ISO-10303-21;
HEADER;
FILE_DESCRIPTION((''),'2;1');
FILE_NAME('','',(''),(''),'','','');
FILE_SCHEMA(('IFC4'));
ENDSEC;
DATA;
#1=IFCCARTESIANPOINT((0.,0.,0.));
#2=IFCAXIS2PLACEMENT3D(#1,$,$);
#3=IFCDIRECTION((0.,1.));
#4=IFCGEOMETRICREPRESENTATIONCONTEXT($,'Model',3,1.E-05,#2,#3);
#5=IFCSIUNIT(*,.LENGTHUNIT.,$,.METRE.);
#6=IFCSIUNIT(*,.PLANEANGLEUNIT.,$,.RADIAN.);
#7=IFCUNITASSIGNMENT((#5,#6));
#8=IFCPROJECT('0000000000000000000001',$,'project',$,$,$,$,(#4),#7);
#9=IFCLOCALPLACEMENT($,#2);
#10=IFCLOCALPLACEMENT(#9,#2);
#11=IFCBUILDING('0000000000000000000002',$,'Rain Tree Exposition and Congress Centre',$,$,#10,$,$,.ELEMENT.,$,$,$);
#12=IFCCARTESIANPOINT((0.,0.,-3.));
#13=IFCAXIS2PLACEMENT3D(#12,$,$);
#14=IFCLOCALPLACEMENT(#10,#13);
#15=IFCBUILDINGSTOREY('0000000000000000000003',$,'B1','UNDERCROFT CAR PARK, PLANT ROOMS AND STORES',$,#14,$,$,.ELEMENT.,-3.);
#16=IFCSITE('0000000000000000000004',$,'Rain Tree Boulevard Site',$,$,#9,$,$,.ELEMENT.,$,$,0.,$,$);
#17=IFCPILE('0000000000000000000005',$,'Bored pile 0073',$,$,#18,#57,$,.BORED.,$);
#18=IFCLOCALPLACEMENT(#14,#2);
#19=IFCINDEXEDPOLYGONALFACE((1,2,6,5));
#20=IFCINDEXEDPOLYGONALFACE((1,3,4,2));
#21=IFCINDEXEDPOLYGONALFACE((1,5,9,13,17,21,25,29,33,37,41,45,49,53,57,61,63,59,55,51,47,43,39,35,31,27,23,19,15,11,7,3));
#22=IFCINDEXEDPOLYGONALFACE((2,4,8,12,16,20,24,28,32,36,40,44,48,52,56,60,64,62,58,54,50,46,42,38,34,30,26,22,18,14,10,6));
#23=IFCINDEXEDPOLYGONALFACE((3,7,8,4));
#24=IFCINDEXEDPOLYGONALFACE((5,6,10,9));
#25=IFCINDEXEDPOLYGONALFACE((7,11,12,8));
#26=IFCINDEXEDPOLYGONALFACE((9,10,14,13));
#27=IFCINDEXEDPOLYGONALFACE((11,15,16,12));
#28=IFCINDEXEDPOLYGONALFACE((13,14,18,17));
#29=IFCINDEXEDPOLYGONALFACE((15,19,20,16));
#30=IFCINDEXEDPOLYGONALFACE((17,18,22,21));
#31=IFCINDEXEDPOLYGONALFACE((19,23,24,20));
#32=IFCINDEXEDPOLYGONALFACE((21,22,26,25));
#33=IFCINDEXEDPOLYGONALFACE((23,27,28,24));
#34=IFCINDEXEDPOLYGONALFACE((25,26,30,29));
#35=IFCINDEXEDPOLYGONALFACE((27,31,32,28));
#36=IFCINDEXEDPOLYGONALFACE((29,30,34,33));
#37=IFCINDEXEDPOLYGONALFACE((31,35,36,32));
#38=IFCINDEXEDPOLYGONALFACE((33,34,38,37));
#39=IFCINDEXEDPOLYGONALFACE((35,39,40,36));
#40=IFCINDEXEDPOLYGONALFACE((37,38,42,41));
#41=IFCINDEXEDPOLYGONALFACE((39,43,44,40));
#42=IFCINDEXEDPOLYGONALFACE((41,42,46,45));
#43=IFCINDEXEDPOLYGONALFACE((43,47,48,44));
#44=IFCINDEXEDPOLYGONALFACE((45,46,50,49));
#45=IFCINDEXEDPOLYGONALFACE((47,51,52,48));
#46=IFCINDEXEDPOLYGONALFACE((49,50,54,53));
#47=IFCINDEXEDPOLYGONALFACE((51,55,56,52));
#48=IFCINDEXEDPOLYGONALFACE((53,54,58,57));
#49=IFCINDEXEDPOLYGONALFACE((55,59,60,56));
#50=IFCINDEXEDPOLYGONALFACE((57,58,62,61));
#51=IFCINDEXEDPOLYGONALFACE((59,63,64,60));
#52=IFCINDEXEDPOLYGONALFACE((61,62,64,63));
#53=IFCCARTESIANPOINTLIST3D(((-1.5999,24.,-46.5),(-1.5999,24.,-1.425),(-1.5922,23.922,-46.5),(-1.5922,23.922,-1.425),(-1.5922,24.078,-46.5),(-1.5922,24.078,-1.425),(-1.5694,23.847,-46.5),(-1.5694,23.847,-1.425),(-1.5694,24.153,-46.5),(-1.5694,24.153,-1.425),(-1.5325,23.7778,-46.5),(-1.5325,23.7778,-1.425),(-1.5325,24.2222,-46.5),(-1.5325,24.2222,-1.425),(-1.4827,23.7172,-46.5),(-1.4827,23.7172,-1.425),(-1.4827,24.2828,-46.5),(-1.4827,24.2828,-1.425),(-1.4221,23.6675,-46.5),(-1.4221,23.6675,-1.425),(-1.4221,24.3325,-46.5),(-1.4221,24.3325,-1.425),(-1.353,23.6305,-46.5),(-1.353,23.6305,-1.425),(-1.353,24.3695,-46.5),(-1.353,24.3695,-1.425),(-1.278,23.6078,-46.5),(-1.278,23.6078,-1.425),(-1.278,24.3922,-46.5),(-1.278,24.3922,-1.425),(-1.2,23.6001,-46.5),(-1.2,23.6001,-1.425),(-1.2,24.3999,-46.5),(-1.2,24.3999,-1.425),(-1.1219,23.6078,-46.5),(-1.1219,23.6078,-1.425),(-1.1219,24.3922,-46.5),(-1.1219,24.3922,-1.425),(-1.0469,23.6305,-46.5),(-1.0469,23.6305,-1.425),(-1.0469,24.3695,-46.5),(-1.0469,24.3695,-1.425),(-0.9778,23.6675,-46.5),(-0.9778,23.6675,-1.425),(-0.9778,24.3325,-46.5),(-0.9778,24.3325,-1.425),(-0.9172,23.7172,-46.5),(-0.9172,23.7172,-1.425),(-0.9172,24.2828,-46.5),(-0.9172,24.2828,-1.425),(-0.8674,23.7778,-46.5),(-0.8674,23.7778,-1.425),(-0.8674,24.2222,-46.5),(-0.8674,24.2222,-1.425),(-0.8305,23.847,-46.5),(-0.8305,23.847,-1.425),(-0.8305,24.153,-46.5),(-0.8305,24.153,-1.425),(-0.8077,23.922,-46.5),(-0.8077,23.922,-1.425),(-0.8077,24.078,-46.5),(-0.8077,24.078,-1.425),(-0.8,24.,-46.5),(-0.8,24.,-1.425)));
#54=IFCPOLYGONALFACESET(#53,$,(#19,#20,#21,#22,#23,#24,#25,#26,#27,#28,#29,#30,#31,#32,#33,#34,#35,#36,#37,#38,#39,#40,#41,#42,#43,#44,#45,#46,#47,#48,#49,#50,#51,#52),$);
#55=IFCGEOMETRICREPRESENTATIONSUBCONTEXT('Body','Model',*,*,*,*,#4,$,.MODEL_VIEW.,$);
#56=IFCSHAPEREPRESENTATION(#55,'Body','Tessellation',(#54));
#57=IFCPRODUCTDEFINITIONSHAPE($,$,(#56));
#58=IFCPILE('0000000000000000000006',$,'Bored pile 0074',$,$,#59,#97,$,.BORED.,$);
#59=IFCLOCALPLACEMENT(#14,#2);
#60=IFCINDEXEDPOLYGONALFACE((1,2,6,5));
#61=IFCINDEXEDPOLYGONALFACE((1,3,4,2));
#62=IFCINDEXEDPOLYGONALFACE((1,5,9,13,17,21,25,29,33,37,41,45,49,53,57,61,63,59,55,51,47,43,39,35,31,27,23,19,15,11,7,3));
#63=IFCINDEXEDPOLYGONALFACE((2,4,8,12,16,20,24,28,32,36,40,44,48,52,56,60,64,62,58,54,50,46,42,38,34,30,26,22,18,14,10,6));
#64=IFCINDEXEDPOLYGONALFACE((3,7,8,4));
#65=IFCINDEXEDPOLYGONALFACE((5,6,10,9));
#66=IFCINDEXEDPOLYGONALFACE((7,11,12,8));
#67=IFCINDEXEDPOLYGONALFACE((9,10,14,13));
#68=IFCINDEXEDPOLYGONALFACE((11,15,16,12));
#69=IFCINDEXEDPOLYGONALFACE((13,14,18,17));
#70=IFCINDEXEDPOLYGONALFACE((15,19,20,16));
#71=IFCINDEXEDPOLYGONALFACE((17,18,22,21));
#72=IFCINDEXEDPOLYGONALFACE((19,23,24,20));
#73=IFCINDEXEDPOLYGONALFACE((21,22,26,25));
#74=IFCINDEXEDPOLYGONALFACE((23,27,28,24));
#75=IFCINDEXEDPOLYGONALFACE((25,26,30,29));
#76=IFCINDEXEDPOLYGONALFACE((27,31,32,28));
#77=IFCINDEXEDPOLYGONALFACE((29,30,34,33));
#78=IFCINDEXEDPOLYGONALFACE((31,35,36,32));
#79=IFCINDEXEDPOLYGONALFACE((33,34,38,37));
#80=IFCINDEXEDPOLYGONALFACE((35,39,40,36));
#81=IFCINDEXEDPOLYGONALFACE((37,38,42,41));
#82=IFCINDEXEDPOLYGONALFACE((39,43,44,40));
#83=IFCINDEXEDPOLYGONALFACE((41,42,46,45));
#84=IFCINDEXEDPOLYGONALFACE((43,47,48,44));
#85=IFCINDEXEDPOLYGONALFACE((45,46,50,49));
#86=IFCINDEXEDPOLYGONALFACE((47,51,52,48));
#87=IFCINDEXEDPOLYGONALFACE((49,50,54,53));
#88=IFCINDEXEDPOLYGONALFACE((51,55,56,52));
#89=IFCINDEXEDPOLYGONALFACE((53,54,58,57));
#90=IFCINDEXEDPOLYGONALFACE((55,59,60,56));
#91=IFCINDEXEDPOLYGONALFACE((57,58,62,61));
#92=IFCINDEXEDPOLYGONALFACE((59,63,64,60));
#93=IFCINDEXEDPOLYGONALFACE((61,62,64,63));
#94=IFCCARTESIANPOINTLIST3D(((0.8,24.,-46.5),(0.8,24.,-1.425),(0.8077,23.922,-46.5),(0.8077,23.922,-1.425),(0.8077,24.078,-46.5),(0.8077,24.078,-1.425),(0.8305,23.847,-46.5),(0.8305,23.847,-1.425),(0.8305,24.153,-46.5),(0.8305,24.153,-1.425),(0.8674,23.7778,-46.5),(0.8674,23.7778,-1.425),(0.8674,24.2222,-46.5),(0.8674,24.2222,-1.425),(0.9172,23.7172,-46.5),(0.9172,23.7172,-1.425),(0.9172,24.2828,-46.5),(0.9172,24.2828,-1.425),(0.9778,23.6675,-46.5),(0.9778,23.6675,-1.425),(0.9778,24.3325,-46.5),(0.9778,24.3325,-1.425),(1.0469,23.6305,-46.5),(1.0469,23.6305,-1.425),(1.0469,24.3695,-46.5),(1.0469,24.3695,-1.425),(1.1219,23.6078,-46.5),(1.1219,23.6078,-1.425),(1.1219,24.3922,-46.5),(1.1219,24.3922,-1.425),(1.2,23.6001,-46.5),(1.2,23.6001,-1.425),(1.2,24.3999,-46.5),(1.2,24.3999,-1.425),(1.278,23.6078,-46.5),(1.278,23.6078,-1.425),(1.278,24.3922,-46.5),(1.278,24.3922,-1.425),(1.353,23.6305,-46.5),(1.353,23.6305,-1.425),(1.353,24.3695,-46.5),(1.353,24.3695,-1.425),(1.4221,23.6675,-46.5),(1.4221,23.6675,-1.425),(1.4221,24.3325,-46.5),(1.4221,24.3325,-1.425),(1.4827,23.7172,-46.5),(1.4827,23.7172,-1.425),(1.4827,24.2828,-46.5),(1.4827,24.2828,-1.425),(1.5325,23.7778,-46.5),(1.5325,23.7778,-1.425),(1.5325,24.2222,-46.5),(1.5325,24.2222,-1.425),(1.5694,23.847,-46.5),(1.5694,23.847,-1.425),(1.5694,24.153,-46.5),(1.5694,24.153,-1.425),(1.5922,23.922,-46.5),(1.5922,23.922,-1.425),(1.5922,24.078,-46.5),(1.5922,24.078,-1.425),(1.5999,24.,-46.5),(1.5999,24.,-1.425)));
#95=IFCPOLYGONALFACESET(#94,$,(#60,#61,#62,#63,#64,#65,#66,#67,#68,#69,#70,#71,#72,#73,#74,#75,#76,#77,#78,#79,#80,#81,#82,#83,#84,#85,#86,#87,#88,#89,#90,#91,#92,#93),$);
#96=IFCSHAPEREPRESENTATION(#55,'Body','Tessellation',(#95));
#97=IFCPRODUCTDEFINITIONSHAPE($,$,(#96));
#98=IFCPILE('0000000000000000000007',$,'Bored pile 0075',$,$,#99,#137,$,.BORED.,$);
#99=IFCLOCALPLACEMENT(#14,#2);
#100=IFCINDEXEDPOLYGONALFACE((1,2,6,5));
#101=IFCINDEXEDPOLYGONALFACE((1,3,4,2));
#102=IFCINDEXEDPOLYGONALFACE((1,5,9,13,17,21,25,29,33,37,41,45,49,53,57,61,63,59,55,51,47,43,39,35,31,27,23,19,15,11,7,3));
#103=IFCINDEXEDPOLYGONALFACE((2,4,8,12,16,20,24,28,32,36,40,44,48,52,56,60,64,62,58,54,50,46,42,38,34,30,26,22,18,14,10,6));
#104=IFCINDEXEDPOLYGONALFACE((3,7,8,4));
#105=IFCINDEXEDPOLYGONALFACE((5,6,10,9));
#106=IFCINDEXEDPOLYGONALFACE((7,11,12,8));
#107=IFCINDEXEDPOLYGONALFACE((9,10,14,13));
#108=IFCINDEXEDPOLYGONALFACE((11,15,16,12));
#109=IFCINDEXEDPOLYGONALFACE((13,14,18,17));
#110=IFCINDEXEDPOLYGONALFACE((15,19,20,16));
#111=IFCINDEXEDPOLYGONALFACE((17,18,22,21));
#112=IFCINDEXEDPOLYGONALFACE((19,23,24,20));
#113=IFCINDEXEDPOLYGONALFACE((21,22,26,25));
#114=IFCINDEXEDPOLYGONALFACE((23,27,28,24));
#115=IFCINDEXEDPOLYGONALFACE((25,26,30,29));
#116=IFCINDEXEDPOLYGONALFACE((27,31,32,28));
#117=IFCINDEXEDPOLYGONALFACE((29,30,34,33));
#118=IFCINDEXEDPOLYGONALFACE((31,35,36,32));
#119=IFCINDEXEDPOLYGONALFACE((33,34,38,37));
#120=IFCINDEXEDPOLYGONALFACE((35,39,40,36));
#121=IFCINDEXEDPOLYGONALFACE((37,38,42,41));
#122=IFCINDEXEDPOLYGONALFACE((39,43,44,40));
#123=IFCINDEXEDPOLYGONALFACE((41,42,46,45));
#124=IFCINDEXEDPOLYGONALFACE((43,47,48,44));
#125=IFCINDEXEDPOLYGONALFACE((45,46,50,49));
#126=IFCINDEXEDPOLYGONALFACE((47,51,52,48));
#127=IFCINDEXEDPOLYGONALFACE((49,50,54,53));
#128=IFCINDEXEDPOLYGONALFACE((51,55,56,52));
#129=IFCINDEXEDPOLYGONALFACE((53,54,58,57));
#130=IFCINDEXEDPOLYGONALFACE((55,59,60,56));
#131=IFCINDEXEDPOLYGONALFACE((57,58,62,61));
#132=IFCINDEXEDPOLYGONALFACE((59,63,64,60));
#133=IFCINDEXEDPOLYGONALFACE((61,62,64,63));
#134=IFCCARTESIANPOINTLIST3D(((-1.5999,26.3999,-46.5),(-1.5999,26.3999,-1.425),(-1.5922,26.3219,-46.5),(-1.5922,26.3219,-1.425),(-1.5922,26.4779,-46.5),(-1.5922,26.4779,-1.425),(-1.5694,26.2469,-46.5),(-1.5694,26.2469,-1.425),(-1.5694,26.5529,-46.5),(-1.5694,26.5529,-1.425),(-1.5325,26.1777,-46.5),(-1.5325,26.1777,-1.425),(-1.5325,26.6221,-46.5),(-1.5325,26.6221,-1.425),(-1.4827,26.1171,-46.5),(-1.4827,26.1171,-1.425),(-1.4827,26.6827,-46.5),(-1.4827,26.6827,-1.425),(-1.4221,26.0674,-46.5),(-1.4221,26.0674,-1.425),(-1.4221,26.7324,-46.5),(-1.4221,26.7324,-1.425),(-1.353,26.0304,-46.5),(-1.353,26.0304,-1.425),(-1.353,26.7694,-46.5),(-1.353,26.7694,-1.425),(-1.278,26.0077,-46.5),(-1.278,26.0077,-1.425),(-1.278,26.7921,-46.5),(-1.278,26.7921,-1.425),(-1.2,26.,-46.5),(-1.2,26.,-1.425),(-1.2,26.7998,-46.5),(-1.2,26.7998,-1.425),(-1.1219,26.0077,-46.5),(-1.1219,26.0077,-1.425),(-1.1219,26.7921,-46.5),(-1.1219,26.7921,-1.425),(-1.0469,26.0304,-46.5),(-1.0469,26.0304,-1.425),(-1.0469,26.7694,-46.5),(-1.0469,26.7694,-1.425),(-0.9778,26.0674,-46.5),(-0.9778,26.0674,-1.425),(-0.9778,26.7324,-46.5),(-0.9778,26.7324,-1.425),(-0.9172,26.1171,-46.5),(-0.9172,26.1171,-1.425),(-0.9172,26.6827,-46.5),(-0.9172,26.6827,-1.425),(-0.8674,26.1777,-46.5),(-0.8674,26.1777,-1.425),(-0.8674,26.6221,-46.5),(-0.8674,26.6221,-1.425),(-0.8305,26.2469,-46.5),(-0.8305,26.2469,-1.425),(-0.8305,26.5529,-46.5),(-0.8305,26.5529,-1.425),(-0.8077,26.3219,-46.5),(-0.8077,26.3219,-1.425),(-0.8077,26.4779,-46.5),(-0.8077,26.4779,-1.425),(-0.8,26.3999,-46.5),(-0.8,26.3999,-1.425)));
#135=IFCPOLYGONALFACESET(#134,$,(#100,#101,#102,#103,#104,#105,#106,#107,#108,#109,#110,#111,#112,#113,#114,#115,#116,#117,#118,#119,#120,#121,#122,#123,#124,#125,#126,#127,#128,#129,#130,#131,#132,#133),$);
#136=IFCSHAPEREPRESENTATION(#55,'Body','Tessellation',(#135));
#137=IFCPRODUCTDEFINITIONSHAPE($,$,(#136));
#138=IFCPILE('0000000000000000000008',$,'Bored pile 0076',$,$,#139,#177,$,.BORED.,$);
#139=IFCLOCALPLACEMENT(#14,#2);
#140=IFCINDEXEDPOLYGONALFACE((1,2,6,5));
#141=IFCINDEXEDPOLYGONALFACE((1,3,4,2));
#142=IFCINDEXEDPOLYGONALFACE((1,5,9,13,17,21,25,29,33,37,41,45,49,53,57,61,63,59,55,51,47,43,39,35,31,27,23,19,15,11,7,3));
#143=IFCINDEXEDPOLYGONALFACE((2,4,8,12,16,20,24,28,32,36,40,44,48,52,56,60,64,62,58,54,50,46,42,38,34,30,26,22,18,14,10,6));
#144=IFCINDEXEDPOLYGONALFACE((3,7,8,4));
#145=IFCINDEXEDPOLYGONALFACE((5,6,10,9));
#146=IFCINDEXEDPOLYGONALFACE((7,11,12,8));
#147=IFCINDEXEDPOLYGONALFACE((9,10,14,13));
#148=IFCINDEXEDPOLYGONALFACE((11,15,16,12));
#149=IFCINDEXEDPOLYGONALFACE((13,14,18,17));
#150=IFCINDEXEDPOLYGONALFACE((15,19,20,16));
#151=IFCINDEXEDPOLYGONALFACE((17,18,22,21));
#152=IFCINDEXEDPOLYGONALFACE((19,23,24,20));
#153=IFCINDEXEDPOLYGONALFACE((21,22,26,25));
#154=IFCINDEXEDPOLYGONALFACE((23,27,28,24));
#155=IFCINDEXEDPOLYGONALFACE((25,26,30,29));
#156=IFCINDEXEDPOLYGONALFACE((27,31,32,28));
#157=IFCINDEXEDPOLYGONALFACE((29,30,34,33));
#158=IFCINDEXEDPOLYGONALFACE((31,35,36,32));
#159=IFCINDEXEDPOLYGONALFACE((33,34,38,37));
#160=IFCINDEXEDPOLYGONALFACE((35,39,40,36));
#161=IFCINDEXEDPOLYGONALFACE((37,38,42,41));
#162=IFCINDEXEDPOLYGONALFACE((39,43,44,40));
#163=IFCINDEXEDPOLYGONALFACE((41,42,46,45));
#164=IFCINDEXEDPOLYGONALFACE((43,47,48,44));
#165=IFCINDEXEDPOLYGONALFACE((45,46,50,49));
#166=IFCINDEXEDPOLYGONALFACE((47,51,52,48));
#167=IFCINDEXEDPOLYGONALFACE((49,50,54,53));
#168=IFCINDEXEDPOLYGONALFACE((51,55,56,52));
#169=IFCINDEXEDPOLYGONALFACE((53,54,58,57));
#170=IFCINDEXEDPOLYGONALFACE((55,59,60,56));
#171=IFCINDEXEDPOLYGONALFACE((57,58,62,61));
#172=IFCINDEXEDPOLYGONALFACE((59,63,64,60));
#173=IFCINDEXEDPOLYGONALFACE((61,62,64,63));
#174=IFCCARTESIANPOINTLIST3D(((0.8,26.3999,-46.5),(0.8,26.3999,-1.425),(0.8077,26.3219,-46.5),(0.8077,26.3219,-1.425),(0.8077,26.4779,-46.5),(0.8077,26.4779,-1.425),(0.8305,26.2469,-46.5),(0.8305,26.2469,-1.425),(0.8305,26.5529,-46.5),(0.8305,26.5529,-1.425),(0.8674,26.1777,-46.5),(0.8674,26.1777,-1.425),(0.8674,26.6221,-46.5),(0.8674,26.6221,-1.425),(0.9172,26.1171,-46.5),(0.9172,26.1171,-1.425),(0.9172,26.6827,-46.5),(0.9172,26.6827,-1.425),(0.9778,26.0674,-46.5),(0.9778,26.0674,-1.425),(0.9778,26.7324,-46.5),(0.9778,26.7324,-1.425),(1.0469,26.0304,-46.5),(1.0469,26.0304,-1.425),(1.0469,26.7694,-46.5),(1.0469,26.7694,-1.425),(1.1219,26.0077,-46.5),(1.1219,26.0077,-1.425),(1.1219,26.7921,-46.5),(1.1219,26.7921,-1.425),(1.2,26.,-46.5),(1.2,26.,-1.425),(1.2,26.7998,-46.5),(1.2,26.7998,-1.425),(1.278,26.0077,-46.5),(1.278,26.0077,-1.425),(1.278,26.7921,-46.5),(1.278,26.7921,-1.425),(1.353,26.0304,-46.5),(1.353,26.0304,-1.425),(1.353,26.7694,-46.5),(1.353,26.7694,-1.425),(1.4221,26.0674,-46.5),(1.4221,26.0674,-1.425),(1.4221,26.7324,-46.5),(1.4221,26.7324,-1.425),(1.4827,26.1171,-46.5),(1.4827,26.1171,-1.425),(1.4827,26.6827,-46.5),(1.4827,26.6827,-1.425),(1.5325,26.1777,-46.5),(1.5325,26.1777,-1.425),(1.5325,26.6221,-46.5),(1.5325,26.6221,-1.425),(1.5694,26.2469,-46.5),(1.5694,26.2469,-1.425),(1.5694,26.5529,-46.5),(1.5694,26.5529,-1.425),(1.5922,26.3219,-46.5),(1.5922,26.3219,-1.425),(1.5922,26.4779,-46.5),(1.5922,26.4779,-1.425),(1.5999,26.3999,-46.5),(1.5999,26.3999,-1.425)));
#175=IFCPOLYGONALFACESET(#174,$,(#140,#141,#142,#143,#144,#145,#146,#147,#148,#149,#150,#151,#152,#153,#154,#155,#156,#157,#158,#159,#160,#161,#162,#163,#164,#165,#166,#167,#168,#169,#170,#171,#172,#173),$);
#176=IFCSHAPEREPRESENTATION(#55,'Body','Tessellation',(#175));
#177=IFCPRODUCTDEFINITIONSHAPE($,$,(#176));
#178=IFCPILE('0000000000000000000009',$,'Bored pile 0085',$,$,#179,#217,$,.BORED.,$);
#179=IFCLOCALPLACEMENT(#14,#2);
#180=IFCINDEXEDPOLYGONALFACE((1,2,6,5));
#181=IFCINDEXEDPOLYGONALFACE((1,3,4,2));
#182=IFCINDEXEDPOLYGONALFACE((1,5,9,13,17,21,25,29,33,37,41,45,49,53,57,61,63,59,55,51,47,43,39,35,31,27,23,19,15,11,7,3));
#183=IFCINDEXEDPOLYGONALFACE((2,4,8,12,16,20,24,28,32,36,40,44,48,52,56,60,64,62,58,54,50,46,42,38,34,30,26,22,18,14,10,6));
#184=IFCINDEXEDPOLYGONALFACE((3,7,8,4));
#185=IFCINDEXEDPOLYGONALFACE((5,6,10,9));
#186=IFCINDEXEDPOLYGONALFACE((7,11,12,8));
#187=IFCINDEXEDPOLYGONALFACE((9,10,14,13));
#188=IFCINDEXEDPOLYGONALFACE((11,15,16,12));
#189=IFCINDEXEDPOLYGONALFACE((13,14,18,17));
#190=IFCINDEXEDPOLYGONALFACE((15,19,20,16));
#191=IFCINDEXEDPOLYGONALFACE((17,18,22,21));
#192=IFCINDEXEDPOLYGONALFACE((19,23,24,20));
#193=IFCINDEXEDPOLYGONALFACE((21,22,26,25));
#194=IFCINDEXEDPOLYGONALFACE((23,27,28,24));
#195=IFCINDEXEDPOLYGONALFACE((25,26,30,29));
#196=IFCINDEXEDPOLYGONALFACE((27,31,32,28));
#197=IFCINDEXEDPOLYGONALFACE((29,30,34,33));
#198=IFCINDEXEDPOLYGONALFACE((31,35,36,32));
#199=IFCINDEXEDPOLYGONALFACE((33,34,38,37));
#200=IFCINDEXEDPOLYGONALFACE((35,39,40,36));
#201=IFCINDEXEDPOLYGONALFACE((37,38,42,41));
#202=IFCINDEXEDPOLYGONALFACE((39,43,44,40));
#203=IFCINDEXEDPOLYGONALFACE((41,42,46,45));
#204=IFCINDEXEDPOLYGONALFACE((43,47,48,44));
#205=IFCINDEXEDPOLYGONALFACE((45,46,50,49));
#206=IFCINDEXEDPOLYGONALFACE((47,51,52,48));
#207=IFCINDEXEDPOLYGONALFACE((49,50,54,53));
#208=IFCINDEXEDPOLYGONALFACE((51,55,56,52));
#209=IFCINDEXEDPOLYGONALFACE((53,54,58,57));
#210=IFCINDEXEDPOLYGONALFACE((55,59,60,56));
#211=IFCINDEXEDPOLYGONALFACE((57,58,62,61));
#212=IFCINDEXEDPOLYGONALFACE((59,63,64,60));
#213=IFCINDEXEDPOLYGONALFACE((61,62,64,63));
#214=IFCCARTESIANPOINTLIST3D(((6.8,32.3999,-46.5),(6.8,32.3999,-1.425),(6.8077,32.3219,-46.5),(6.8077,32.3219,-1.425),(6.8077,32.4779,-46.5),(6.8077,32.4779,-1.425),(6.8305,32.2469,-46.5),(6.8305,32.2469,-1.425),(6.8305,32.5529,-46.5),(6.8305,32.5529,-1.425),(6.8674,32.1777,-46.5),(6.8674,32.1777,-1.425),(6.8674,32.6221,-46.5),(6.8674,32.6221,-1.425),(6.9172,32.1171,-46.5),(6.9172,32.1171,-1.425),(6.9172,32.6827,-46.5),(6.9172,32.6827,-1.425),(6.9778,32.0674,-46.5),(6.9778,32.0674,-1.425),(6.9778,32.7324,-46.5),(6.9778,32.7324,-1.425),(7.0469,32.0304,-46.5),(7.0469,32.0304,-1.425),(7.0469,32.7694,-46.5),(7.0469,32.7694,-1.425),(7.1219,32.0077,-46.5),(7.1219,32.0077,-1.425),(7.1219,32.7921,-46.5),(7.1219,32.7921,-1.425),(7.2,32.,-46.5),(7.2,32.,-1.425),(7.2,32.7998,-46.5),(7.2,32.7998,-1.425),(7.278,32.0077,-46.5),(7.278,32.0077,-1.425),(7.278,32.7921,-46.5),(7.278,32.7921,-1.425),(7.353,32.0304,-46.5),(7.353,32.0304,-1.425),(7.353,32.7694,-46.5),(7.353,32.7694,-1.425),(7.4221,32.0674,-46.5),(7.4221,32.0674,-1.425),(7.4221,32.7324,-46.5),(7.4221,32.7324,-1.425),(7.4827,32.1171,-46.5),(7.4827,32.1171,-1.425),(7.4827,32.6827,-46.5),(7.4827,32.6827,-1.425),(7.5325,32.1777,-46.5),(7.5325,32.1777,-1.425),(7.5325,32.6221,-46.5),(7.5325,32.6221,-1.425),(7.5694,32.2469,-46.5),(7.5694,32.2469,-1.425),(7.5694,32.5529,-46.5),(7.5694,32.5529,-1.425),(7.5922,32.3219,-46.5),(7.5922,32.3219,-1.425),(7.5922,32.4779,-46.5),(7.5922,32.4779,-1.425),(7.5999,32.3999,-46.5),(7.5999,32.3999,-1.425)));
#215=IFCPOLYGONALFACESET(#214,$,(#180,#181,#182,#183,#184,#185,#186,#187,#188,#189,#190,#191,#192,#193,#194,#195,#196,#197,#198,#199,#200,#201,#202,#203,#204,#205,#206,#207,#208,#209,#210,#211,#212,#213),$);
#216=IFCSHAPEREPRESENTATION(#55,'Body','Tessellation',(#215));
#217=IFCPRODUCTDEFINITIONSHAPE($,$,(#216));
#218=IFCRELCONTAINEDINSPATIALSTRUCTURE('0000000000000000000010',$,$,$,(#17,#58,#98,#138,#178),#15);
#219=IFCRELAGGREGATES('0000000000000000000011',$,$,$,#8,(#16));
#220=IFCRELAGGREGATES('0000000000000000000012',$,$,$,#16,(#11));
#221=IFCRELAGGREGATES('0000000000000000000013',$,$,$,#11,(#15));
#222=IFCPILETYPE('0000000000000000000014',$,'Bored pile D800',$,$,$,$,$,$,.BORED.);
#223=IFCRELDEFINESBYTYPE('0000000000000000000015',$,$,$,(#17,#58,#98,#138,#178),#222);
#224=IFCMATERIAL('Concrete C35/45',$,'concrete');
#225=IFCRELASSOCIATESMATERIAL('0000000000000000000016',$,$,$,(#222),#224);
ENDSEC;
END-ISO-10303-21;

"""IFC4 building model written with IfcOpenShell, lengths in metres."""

from ifc_helpers import new_model, si_unit, direction, frame, origin, origin_2d, place, context, subcontext, project, spatial, circle, extrude, material, material_profile, profile_set, type_object, element, save


model = new_model("IFC4")

# Units and contexts
model_context = context("Model", 3, precision=1e-05, world=origin(), true_north=direction((0.0, 1.0)))
body_context = subcontext(model_context, "Body", "Model", "MODEL_VIEW")
ifc_project = project(units=[si_unit("LENGTHUNIT", "METRE"), si_unit("PLANEANGLEUNIT", "RADIAN")], contexts=[model_context])

# Site, building, storey
site_placement = place(None, origin())
site = spatial("IfcSite", under=ifc_project, at=site_placement, Name="Rain Tree Boulevard Site", CompositionType="ELEMENT", RefElevation=0.0)
building_placement = place(site_placement, origin())
building = spatial("IfcBuilding", under=site, at=building_placement, Name="Rain Tree Exposition and Congress Centre", CompositionType="ELEMENT")
storey_placement = place(building_placement, frame((0.0, 0.0, -3.0)))
storey = spatial("IfcBuildingStorey", under=building, at=storey_placement, Name="B1", Description="UNDERCROFT CAR PARK, PLANT ROOMS AND STORES", CompositionType="ELEMENT", Elevation=-3.0)

# Piles
ifc_material_1 = material(Name="Concrete C35/45", Category="concrete")
ifc_material_profile_1 = material_profile(ifc_material_1, circle(Radius=0.3999, at=origin_2d()), Name="D800")
ifc_profile_set_1 = profile_set([ifc_material_profile_1], Name="Concrete C35/45")
pile_type = type_object("IfcPileType", Name="Bored pile D800", PredefinedType="BORED", material=ifc_profile_set_1)
for number, where, z_axis, x_axis, name in (
    (1, (-1.2, 24.0, -1.425), (0.0, 0.0, -1.0), (1.0, 0.0, 0.0), "Bored pile 0073"),
    (2, (1.2, 24.0, -1.425), (0.0, 0.0, -1.0), (1.0, 0.0, 0.0), "Bored pile 0074"),
    (3, (-1.2, 26.3999, -1.425), (0.0, 0.0, -1.0), (1.0, 0.0, 0.0), "Bored pile 0075"),
    (4, (1.2, 26.3999, -1.425), (0.0, 0.0, -1.0), (1.0, 0.0, 0.0), "Bored pile 0076"),
    (5, (7.2, 32.3999, -1.425), (0.0, 0.0, -1.0), (1.0, 0.0, 0.0), "Bored pile 0085"),
):
    element("IfcPile", number, at=place(storey_placement, frame(where, z_axis=z_axis, x_axis=x_axis)), inside=storey, type_object=pile_type, Name=name, PredefinedType="BORED", context=body_context, shape_type="SweptSolid", body=[
        extrude(circle(Radius=0.3999, at=origin_2d()), origin(), (0.0, 0.0, 1.0), 45.075),
    ])

save(model, "model.ifc")
